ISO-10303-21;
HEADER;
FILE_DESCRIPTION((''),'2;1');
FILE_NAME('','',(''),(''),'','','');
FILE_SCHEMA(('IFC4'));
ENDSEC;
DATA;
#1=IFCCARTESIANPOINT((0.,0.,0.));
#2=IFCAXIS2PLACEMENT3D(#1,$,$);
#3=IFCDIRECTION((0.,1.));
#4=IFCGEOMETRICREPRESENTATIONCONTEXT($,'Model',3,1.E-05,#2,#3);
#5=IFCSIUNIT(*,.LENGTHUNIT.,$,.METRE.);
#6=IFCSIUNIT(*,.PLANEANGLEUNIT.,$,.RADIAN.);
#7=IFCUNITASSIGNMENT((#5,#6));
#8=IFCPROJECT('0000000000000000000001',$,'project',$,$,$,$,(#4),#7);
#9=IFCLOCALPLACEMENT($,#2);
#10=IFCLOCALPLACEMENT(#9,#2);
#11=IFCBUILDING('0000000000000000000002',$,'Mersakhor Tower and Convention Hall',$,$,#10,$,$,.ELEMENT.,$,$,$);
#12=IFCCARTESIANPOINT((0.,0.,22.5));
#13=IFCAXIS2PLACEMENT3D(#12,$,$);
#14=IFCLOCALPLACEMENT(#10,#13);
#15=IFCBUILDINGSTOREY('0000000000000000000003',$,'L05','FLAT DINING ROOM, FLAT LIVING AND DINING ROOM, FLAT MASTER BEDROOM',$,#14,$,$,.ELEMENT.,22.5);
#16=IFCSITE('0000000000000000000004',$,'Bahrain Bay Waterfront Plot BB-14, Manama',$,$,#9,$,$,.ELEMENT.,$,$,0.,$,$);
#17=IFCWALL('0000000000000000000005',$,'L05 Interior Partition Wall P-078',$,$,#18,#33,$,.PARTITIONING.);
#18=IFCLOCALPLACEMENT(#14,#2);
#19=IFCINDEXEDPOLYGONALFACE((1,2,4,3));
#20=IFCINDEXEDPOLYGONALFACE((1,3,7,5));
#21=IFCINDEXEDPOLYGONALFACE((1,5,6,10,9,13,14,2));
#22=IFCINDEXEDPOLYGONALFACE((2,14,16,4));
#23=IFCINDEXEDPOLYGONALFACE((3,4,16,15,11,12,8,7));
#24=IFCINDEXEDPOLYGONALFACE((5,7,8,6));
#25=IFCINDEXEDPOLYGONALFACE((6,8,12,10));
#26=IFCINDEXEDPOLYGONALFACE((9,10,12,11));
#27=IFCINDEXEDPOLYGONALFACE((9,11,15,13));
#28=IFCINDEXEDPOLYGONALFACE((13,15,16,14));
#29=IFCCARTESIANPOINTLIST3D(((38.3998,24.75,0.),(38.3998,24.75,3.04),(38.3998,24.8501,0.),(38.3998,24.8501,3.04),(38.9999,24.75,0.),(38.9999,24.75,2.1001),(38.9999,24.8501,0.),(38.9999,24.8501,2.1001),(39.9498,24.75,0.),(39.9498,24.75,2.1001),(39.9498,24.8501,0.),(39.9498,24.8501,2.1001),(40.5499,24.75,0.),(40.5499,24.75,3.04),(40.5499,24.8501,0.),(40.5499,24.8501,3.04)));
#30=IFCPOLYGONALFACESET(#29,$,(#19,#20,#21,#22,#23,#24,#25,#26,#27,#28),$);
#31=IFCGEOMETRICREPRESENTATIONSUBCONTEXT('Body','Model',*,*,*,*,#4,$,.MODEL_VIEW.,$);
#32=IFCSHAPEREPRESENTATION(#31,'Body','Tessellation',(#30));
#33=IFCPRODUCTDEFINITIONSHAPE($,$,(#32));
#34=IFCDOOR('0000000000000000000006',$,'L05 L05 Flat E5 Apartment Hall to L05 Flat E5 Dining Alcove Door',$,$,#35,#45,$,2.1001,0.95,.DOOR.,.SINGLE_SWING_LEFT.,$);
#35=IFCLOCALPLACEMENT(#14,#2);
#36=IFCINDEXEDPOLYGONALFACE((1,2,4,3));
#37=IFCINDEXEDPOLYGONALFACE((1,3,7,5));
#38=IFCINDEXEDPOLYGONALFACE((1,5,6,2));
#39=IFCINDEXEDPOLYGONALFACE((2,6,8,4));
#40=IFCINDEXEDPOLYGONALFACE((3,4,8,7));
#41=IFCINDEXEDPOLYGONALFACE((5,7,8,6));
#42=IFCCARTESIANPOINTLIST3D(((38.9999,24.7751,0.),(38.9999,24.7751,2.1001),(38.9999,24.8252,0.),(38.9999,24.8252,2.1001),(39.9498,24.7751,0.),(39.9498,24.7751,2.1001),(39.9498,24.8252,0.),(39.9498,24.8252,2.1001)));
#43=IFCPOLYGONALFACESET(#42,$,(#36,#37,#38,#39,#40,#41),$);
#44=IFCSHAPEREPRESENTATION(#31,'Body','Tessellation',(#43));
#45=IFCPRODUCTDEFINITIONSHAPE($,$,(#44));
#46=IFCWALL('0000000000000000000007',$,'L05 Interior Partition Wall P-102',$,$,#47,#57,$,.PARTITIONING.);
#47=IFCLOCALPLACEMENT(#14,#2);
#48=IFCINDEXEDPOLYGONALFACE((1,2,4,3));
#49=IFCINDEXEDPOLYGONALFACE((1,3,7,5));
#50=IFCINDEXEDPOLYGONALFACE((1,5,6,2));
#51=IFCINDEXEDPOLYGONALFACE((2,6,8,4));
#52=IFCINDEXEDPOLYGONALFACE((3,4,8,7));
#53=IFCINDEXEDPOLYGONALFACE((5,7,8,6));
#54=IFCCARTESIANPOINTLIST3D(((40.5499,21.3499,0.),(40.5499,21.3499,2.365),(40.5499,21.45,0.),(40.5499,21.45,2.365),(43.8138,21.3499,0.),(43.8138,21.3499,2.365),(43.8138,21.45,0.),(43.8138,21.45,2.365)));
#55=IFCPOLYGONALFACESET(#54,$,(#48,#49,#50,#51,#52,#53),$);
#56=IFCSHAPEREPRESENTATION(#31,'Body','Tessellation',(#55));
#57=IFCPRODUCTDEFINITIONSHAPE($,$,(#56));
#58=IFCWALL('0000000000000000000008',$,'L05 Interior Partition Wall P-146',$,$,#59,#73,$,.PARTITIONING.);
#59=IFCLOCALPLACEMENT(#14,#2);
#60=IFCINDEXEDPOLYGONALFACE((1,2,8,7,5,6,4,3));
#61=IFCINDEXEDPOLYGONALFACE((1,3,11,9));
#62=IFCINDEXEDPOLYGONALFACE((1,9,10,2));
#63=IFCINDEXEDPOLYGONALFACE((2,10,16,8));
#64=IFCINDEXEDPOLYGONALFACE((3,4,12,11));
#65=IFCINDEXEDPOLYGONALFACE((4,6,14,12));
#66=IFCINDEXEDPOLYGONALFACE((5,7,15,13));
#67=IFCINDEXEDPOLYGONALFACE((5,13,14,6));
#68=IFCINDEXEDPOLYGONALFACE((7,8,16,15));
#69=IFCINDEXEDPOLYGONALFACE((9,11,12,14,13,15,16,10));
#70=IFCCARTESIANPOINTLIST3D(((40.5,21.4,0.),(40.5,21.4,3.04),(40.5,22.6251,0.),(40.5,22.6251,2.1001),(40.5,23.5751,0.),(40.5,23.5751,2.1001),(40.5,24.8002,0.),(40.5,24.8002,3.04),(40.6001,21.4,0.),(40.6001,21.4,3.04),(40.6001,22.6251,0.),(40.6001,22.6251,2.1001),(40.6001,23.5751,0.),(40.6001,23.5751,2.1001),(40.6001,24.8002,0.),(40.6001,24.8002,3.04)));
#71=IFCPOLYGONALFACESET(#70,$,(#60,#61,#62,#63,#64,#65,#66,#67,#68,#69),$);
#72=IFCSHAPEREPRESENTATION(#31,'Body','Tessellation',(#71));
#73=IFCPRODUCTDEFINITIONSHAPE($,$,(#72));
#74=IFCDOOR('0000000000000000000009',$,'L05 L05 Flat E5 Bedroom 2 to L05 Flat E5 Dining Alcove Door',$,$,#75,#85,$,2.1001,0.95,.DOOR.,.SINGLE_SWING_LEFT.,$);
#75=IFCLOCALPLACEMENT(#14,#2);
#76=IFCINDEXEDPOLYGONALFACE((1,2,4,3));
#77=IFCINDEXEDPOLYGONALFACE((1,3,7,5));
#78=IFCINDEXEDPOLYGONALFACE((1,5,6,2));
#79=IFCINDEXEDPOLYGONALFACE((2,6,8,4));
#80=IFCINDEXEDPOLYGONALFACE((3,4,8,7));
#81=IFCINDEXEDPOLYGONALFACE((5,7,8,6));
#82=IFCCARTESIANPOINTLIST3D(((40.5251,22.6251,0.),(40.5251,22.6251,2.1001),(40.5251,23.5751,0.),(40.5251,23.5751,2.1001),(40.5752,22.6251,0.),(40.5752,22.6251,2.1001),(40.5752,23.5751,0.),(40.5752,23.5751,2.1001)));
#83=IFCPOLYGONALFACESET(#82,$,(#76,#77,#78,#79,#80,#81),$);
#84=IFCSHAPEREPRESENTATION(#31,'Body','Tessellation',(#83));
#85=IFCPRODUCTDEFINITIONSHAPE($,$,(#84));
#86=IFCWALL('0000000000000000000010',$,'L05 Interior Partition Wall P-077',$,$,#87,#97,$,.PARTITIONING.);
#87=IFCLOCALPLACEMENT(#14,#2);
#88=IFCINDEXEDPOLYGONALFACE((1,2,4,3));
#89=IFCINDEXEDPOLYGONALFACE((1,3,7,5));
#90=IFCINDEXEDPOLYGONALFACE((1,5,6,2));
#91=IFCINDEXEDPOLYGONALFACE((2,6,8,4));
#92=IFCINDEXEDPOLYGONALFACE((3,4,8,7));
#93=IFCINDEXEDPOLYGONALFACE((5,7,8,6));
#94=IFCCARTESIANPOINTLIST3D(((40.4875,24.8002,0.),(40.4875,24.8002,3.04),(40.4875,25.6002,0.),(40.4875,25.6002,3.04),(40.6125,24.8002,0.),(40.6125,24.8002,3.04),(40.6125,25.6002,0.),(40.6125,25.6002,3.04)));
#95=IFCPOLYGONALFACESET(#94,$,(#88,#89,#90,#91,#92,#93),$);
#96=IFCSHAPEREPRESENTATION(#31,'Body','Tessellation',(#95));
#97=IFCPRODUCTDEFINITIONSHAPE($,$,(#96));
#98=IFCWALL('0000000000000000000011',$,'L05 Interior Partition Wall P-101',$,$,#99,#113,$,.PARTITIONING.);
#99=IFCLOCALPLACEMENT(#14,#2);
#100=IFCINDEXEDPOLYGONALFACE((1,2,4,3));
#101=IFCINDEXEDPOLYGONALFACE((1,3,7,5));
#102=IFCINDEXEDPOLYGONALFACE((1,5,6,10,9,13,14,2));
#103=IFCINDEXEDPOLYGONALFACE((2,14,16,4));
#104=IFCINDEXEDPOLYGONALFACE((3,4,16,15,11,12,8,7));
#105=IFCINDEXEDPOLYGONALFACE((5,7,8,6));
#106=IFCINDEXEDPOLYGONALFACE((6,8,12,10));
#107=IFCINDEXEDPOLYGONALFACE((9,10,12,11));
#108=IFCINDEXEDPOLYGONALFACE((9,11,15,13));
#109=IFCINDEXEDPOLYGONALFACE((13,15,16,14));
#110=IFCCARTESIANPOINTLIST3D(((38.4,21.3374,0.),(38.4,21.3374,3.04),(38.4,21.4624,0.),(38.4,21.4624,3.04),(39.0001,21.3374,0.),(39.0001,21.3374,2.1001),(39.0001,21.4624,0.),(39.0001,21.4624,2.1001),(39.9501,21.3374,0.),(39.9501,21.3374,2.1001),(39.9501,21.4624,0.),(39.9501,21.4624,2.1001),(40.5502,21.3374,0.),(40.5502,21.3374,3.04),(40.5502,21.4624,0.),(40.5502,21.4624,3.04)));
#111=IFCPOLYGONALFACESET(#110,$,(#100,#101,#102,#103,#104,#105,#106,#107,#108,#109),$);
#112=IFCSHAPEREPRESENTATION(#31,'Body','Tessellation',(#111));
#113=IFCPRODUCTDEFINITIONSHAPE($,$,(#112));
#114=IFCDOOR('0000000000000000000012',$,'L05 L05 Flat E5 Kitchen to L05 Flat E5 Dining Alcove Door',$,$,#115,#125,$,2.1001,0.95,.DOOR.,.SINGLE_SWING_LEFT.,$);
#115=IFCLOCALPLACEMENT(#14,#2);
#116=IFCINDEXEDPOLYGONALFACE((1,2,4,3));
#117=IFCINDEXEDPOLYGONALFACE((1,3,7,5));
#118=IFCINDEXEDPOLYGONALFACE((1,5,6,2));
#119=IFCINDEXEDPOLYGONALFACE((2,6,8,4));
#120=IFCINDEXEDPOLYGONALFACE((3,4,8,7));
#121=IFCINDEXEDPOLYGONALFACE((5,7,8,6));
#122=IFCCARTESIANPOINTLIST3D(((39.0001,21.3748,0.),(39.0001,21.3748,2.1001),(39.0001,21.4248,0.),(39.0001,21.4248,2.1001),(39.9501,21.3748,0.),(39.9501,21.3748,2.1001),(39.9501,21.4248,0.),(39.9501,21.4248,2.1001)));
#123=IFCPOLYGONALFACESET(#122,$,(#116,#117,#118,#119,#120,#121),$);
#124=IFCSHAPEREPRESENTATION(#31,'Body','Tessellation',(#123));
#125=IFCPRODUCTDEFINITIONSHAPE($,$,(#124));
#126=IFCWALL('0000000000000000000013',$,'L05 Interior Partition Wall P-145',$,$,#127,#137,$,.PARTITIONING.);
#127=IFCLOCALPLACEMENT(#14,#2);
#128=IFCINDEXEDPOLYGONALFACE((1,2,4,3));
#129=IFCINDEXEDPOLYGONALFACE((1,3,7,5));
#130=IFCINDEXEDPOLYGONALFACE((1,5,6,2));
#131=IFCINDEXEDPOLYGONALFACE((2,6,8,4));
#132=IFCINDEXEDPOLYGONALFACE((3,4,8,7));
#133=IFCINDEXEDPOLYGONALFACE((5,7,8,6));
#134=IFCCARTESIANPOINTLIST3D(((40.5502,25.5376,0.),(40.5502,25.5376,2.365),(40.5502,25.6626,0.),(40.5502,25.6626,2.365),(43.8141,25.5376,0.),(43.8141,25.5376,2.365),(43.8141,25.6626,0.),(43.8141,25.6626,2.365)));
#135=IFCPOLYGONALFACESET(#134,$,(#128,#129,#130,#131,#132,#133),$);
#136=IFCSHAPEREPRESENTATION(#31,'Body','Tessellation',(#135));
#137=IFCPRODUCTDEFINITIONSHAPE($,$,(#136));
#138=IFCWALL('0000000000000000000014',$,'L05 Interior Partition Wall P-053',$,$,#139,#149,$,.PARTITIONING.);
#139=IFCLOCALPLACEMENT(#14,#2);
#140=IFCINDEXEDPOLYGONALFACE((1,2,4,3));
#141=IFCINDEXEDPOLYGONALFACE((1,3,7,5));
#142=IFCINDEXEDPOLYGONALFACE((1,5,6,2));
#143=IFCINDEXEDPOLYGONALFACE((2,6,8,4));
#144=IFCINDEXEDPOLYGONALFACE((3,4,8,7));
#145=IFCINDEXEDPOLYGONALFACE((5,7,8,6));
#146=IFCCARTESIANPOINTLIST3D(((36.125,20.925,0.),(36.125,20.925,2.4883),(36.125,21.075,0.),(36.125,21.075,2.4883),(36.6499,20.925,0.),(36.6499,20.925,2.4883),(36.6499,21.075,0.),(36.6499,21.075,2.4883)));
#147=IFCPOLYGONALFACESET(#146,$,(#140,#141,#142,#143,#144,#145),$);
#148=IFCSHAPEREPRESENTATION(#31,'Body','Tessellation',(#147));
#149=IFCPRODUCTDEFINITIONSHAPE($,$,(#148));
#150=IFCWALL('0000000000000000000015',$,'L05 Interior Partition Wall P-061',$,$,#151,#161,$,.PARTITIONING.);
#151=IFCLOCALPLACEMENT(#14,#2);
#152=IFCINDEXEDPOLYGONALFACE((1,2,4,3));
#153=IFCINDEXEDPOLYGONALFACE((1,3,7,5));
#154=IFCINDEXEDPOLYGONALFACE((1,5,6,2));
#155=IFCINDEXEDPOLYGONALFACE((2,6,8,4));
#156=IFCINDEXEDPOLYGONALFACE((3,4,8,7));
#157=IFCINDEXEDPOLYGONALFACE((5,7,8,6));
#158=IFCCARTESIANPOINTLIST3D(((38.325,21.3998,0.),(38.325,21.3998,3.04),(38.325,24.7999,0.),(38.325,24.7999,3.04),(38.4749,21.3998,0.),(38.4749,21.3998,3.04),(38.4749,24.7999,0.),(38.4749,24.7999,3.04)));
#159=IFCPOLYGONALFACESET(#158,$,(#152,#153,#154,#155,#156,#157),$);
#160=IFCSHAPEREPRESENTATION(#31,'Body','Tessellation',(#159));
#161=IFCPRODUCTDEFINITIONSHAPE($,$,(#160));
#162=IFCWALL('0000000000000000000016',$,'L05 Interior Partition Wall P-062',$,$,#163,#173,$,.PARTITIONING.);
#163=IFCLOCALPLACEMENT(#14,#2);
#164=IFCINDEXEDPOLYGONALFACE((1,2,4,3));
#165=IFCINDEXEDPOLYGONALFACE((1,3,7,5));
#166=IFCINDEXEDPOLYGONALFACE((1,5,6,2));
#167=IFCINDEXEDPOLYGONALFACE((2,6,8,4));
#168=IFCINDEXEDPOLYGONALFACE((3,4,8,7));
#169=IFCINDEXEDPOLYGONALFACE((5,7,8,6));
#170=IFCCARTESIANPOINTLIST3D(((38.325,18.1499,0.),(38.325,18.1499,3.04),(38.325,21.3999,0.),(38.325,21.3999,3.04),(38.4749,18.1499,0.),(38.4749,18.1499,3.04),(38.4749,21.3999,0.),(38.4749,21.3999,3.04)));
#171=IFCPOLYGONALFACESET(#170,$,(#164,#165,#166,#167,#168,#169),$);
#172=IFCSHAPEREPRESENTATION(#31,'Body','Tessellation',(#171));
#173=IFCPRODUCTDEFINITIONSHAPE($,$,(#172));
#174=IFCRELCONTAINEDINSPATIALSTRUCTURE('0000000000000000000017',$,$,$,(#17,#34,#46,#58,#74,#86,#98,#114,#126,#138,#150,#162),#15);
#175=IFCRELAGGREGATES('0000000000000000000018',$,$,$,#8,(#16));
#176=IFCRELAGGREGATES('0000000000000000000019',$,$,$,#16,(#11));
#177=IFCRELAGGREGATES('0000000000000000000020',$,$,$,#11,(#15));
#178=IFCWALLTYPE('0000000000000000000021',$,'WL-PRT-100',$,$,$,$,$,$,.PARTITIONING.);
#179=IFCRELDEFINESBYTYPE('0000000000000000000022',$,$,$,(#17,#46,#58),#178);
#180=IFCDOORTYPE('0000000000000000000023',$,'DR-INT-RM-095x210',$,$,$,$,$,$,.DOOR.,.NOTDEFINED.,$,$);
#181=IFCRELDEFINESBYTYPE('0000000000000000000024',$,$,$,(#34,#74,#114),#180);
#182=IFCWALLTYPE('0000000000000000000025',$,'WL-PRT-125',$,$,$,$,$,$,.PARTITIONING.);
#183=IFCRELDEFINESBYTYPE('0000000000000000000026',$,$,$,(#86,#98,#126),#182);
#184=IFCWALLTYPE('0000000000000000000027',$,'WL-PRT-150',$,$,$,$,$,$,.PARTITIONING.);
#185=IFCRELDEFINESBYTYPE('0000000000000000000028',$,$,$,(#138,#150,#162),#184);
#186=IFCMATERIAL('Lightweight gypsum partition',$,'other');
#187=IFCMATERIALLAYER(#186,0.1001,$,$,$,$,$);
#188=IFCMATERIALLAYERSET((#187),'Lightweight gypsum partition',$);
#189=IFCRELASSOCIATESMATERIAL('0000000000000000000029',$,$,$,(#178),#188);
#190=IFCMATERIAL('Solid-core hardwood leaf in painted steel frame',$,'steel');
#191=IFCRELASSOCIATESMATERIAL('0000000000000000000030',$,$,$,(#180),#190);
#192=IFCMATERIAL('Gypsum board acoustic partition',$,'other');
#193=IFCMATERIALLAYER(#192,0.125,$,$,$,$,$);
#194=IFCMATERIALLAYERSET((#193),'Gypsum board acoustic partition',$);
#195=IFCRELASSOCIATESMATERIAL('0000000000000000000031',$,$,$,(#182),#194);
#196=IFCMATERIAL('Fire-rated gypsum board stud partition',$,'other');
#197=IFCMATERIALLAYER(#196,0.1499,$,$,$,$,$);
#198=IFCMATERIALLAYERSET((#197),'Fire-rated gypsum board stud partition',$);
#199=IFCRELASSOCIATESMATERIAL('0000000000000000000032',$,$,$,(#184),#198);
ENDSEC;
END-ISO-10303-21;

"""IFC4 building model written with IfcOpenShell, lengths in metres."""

from ifc_helpers import new_model, si_unit, direction, frame, frame_2d, origin, place, context, subcontext, project, spatial, rectangle, extrude, material, layer, layer_set, type_object, element, fill, save


model = new_model("IFC4")

# Units and contexts
model_context = context("Model", 3, precision=1e-05, world=origin(), true_north=direction((0.0, 1.0)))
body_context = subcontext(model_context, "Body", "Model", "MODEL_VIEW")
ifc_project = project(units=[si_unit("LENGTHUNIT", "METRE"), si_unit("PLANEANGLEUNIT", "RADIAN")], contexts=[model_context])

# Site, building, storey
site_placement = place(None, origin())
site = spatial("IfcSite", under=ifc_project, at=site_placement, Name="Bahrain Bay Waterfront Plot BB-14, Manama", CompositionType="ELEMENT", RefElevation=0.0)
building_placement = place(site_placement, origin())
building = spatial("IfcBuilding", under=site, at=building_placement, Name="Mersakhor Tower and Convention Hall", CompositionType="ELEMENT")
storey_placement = place(building_placement, frame((0.0, 0.0, 22.5)))
storey = spatial("IfcBuildingStorey", under=building, at=storey_placement, Name="L05", Description="FLAT DINING ROOM, FLAT LIVING AND DINING ROOM, FLAT MASTER BEDROOM", CompositionType="ELEMENT", Elevation=22.5)

# Wall, opening, door
ifc_material_1 = material(Name="Lightweight gypsum partition", Category="other")
ifc_layer_1 = layer(ifc_material_1, 0.1001)
ifc_layer_set_1 = layer_set([ifc_layer_1], Name="Lightweight gypsum partition")
wall_type_1 = type_object("IfcWallType", Name="WL-PRT-100", PredefinedType="PARTITIONING", material=ifc_layer_set_1)
wall_1_placement = place(storey_placement, frame((40.55, 24.8, 0.0), z_axis=(0.0, 0.0, 1.0), x_axis=(-1.0, 0.0, 0.0)))
wall_1 = element("IfcWall", 1, at=wall_1_placement, inside=storey, type_object=wall_type_1, Name="L05 Interior Partition Wall P-078", PredefinedType="PARTITIONING", context=body_context, shape_type="SweptSolid", body=[
    extrude(rectangle(XDim=2.1501, YDim=0.1001, at=frame_2d((1.0752, 0.0))), origin(), (0.0, 0.0, 1.0), 3.04),
])
opening_1_placement = place(wall_1_placement, frame((0.6001, 0.0, 0.0)))
opening_1 = element("IfcOpeningElement", 2, at=opening_1_placement, cuts=wall_1, PredefinedType="OPENING", context=body_context, shape_type="SweptSolid", body=[
    extrude(rectangle(XDim=0.95, YDim=2.1001, at=frame_2d((0.4751, 1.05))), frame((0.0, 0.0601, 0.0), z_axis=(0.0, -1.0, 0.0), x_axis=(1.0, 0.0, 0.0)), (0.0, 0.0, 1.0), 0.1201),
])
ifc_material_2 = material(Name="Solid-core hardwood leaf in painted steel frame", Category="steel")
door_type = type_object("IfcDoorType", Name="DR-INT-RM-095x210", OperationType="NOTDEFINED", PredefinedType="DOOR", material=ifc_material_2)
door_1_placement = place(opening_1_placement, origin())
door_1 = element("IfcDoor", 3, at=door_1_placement, inside=storey, type_object=door_type, Name="L05 L05 Flat E5 Apartment Hall to L05 Flat E5 Dining Alcove Door", OperationType="SINGLE_SWING_LEFT", OverallHeight=2.1001, OverallWidth=0.95, PredefinedType="DOOR", context=body_context, shape_type="SweptSolid", body=[
    extrude(rectangle(XDim=0.95, YDim=2.1001, at=frame_2d((0.4751, 1.05))), frame((0.0, 0.0249, 0.0), z_axis=(0.0, -1.0, 0.0), x_axis=(1.0, 0.0, 0.0)), (0.0, 0.0, 1.0), 0.05),
])
fill(opening_1, door_1)

# Wall
wall_2_placement = place(storey_placement, frame((40.55, 21.3999, 0.0), z_axis=(0.0, 0.0, 1.0), x_axis=(1.0, 0.0, 0.0)))
element("IfcWall", 4, at=wall_2_placement, inside=storey, type_object=wall_type_1, Name="L05 Interior Partition Wall P-102", PredefinedType="PARTITIONING", context=body_context, shape_type="SweptSolid", body=[
    extrude(rectangle(XDim=3.2639, YDim=0.1001, at=frame_2d((1.6318, 0.0))), origin(), (0.0, 0.0, 1.0), 2.365),
])

# Wall, opening, door
wall_3_placement = place(storey_placement, frame((40.55, 21.3999, 0.0), z_axis=(0.0, 0.0, 1.0), x_axis=(0.0, 1.0, 0.0)))
wall_3 = element("IfcWall", 5, at=wall_3_placement, inside=storey, type_object=wall_type_1, Name="L05 Interior Partition Wall P-146", PredefinedType="PARTITIONING", context=body_context, shape_type="SweptSolid", body=[
    extrude(rectangle(XDim=3.4001, YDim=0.1001, at=frame_2d((1.7002, 0.0))), origin(), (0.0, 0.0, 1.0), 3.04),
])
opening_2_placement = place(wall_3_placement, frame((1.2251, 0.0, 0.0)))
opening_2 = element("IfcOpeningElement", 6, at=opening_2_placement, cuts=wall_3, PredefinedType="OPENING", context=body_context, shape_type="SweptSolid", body=[
    extrude(rectangle(XDim=0.95, YDim=2.1001, at=frame_2d((0.4751, 1.05))), frame((0.0, 0.0601, 0.0), z_axis=(0.0, -1.0, 0.0), x_axis=(1.0, 0.0, 0.0)), (0.0, 0.0, 1.0), 0.1201),
])
door_2_placement = place(opening_2_placement, origin())
door_2 = element("IfcDoor", 7, at=door_2_placement, inside=storey, type_object=door_type, Name="L05 L05 Flat E5 Bedroom 2 to L05 Flat E5 Dining Alcove Door", OperationType="SINGLE_SWING_LEFT", OverallHeight=2.1001, OverallWidth=0.95, PredefinedType="DOOR", context=body_context, shape_type="SweptSolid", body=[
    extrude(rectangle(XDim=0.95, YDim=2.1001, at=frame_2d((0.4751, 1.05))), frame((0.0, 0.0249, 0.0), z_axis=(0.0, -1.0, 0.0), x_axis=(1.0, 0.0, 0.0)), (0.0, 0.0, 1.0), 0.05),
])
fill(opening_2, door_2)

# Wall
ifc_material_3 = material(Name="Gypsum board acoustic partition", Category="other")
ifc_layer_2 = layer(ifc_material_3, 0.125)
ifc_layer_set_2 = layer_set([ifc_layer_2], Name="Gypsum board acoustic partition")
wall_type_2 = type_object("IfcWallType", Name="WL-PRT-125", PredefinedType="PARTITIONING", material=ifc_layer_set_2)
wall_4_placement = place(storey_placement, frame((40.55, 25.6001, 0.0), z_axis=(0.0, 0.0, 1.0), x_axis=(0.0, -1.0, 0.0)))
element("IfcWall", 8, at=wall_4_placement, inside=storey, type_object=wall_type_2, Name="L05 Interior Partition Wall P-077", PredefinedType="PARTITIONING", context=body_context, shape_type="SweptSolid", body=[
    extrude(rectangle(XDim=0.8, YDim=0.125, at=frame_2d((0.3999, 0.0))), origin(), (0.0, 0.0, 1.0), 3.04),
])

# Wall, opening, door
wall_5_placement = place(storey_placement, frame((38.3999, 21.3999, 0.0), z_axis=(0.0, 0.0, 1.0), x_axis=(1.0, 0.0, 0.0)))
wall_5 = element("IfcWall", 9, at=wall_5_placement, inside=storey, type_object=wall_type_2, Name="L05 Interior Partition Wall P-101", PredefinedType="PARTITIONING", context=body_context, shape_type="SweptSolid", body=[
    extrude(rectangle(XDim=2.1501, YDim=0.125, at=frame_2d((1.0752, 0.0))), origin(), (0.0, 0.0, 1.0), 3.04),
])
opening_3_placement = place(wall_5_placement, frame((0.6001, 0.0, 0.0)))
opening_3 = element("IfcOpeningElement", 10, at=opening_3_placement, cuts=wall_5, PredefinedType="OPENING", context=body_context, shape_type="SweptSolid", body=[
    extrude(rectangle(XDim=0.95, YDim=2.1001, at=frame_2d((0.4751, 1.05))), frame((0.0, 0.0725, 0.0), z_axis=(0.0, -1.0, 0.0), x_axis=(1.0, 0.0, 0.0)), (0.0, 0.0, 1.0), 0.145),
])
door_3_placement = place(opening_3_placement, origin())
door_3 = element("IfcDoor", 11, at=door_3_placement, inside=storey, type_object=door_type, Name="L05 L05 Flat E5 Kitchen to L05 Flat E5 Dining Alcove Door", OperationType="SINGLE_SWING_LEFT", OverallHeight=2.1001, OverallWidth=0.95, PredefinedType="DOOR", context=body_context, shape_type="SweptSolid", body=[
    extrude(rectangle(XDim=0.95, YDim=2.1001, at=frame_2d((0.4751, 1.05))), frame((0.0, 0.0249, 0.0), z_axis=(0.0, -1.0, 0.0), x_axis=(1.0, 0.0, 0.0)), (0.0, 0.0, 1.0), 0.05),
])
fill(opening_3, door_3)

# Walls
wall_6_placement = place(storey_placement, frame((43.814, 25.6001, 0.0), z_axis=(0.0, 0.0, 1.0), x_axis=(-1.0, 0.0, 0.0)))
element("IfcWall", 12, at=wall_6_placement, inside=storey, type_object=wall_type_2, Name="L05 Interior Partition Wall P-145", PredefinedType="PARTITIONING", context=body_context, shape_type="SweptSolid", body=[
    extrude(rectangle(XDim=3.2639, YDim=0.125, at=frame_2d((1.6318, 0.0))), origin(), (0.0, 0.0, 1.0), 2.365),
])
ifc_material_4 = material(Name="Fire-rated gypsum board stud partition", Category="other")
ifc_layer_3 = layer(ifc_material_4, 0.1499)
ifc_layer_set_3 = layer_set([ifc_layer_3], Name="Fire-rated gypsum board stud partition")
wall_type_3 = type_object("IfcWallType", Name="WL-PRT-150", PredefinedType="PARTITIONING", material=ifc_layer_set_3)
wall_7_placement = place(storey_placement, frame((36.6499, 21.0, 0.0), z_axis=(0.0, 0.0, 1.0), x_axis=(-1.0, 0.0, 0.0)))
element("IfcWall", 13, at=wall_7_placement, inside=storey, type_object=wall_type_3, Name="L05 Interior Partition Wall P-053", PredefinedType="PARTITIONING", context=body_context, shape_type="SweptSolid", body=[
    extrude(rectangle(XDim=0.5249, YDim=0.1499, at=frame_2d((0.2625, 0.0))), origin(), (0.0, 0.0, 1.0), 2.4883),
])
wall_8_placement = place(storey_placement, frame((38.3999, 24.8, 0.0), z_axis=(0.0, 0.0, 1.0), x_axis=(0.0, -1.0, 0.0)))
element("IfcWall", 14, at=wall_8_placement, inside=storey, type_object=wall_type_3, Name="L05 Interior Partition Wall P-061", PredefinedType="PARTITIONING", context=body_context, shape_type="SweptSolid", body=[
    extrude(rectangle(XDim=3.4001, YDim=0.1499, at=frame_2d((1.7002, 0.0))), origin(), (0.0, 0.0, 1.0), 3.04),
])
wall_9_placement = place(storey_placement, frame((38.3999, 21.3999, 0.0), z_axis=(0.0, 0.0, 1.0), x_axis=(0.0, -1.0, 0.0)))
element("IfcWall", 15, at=wall_9_placement, inside=storey, type_object=wall_type_3, Name="L05 Interior Partition Wall P-062", PredefinedType="PARTITIONING", context=body_context, shape_type="SweptSolid", body=[
    extrude(rectangle(XDim=3.25, YDim=0.1499, at=frame_2d((1.625, 0.0))), origin(), (0.0, 0.0, 1.0), 3.04),
])

save(model, "model.ifc")
